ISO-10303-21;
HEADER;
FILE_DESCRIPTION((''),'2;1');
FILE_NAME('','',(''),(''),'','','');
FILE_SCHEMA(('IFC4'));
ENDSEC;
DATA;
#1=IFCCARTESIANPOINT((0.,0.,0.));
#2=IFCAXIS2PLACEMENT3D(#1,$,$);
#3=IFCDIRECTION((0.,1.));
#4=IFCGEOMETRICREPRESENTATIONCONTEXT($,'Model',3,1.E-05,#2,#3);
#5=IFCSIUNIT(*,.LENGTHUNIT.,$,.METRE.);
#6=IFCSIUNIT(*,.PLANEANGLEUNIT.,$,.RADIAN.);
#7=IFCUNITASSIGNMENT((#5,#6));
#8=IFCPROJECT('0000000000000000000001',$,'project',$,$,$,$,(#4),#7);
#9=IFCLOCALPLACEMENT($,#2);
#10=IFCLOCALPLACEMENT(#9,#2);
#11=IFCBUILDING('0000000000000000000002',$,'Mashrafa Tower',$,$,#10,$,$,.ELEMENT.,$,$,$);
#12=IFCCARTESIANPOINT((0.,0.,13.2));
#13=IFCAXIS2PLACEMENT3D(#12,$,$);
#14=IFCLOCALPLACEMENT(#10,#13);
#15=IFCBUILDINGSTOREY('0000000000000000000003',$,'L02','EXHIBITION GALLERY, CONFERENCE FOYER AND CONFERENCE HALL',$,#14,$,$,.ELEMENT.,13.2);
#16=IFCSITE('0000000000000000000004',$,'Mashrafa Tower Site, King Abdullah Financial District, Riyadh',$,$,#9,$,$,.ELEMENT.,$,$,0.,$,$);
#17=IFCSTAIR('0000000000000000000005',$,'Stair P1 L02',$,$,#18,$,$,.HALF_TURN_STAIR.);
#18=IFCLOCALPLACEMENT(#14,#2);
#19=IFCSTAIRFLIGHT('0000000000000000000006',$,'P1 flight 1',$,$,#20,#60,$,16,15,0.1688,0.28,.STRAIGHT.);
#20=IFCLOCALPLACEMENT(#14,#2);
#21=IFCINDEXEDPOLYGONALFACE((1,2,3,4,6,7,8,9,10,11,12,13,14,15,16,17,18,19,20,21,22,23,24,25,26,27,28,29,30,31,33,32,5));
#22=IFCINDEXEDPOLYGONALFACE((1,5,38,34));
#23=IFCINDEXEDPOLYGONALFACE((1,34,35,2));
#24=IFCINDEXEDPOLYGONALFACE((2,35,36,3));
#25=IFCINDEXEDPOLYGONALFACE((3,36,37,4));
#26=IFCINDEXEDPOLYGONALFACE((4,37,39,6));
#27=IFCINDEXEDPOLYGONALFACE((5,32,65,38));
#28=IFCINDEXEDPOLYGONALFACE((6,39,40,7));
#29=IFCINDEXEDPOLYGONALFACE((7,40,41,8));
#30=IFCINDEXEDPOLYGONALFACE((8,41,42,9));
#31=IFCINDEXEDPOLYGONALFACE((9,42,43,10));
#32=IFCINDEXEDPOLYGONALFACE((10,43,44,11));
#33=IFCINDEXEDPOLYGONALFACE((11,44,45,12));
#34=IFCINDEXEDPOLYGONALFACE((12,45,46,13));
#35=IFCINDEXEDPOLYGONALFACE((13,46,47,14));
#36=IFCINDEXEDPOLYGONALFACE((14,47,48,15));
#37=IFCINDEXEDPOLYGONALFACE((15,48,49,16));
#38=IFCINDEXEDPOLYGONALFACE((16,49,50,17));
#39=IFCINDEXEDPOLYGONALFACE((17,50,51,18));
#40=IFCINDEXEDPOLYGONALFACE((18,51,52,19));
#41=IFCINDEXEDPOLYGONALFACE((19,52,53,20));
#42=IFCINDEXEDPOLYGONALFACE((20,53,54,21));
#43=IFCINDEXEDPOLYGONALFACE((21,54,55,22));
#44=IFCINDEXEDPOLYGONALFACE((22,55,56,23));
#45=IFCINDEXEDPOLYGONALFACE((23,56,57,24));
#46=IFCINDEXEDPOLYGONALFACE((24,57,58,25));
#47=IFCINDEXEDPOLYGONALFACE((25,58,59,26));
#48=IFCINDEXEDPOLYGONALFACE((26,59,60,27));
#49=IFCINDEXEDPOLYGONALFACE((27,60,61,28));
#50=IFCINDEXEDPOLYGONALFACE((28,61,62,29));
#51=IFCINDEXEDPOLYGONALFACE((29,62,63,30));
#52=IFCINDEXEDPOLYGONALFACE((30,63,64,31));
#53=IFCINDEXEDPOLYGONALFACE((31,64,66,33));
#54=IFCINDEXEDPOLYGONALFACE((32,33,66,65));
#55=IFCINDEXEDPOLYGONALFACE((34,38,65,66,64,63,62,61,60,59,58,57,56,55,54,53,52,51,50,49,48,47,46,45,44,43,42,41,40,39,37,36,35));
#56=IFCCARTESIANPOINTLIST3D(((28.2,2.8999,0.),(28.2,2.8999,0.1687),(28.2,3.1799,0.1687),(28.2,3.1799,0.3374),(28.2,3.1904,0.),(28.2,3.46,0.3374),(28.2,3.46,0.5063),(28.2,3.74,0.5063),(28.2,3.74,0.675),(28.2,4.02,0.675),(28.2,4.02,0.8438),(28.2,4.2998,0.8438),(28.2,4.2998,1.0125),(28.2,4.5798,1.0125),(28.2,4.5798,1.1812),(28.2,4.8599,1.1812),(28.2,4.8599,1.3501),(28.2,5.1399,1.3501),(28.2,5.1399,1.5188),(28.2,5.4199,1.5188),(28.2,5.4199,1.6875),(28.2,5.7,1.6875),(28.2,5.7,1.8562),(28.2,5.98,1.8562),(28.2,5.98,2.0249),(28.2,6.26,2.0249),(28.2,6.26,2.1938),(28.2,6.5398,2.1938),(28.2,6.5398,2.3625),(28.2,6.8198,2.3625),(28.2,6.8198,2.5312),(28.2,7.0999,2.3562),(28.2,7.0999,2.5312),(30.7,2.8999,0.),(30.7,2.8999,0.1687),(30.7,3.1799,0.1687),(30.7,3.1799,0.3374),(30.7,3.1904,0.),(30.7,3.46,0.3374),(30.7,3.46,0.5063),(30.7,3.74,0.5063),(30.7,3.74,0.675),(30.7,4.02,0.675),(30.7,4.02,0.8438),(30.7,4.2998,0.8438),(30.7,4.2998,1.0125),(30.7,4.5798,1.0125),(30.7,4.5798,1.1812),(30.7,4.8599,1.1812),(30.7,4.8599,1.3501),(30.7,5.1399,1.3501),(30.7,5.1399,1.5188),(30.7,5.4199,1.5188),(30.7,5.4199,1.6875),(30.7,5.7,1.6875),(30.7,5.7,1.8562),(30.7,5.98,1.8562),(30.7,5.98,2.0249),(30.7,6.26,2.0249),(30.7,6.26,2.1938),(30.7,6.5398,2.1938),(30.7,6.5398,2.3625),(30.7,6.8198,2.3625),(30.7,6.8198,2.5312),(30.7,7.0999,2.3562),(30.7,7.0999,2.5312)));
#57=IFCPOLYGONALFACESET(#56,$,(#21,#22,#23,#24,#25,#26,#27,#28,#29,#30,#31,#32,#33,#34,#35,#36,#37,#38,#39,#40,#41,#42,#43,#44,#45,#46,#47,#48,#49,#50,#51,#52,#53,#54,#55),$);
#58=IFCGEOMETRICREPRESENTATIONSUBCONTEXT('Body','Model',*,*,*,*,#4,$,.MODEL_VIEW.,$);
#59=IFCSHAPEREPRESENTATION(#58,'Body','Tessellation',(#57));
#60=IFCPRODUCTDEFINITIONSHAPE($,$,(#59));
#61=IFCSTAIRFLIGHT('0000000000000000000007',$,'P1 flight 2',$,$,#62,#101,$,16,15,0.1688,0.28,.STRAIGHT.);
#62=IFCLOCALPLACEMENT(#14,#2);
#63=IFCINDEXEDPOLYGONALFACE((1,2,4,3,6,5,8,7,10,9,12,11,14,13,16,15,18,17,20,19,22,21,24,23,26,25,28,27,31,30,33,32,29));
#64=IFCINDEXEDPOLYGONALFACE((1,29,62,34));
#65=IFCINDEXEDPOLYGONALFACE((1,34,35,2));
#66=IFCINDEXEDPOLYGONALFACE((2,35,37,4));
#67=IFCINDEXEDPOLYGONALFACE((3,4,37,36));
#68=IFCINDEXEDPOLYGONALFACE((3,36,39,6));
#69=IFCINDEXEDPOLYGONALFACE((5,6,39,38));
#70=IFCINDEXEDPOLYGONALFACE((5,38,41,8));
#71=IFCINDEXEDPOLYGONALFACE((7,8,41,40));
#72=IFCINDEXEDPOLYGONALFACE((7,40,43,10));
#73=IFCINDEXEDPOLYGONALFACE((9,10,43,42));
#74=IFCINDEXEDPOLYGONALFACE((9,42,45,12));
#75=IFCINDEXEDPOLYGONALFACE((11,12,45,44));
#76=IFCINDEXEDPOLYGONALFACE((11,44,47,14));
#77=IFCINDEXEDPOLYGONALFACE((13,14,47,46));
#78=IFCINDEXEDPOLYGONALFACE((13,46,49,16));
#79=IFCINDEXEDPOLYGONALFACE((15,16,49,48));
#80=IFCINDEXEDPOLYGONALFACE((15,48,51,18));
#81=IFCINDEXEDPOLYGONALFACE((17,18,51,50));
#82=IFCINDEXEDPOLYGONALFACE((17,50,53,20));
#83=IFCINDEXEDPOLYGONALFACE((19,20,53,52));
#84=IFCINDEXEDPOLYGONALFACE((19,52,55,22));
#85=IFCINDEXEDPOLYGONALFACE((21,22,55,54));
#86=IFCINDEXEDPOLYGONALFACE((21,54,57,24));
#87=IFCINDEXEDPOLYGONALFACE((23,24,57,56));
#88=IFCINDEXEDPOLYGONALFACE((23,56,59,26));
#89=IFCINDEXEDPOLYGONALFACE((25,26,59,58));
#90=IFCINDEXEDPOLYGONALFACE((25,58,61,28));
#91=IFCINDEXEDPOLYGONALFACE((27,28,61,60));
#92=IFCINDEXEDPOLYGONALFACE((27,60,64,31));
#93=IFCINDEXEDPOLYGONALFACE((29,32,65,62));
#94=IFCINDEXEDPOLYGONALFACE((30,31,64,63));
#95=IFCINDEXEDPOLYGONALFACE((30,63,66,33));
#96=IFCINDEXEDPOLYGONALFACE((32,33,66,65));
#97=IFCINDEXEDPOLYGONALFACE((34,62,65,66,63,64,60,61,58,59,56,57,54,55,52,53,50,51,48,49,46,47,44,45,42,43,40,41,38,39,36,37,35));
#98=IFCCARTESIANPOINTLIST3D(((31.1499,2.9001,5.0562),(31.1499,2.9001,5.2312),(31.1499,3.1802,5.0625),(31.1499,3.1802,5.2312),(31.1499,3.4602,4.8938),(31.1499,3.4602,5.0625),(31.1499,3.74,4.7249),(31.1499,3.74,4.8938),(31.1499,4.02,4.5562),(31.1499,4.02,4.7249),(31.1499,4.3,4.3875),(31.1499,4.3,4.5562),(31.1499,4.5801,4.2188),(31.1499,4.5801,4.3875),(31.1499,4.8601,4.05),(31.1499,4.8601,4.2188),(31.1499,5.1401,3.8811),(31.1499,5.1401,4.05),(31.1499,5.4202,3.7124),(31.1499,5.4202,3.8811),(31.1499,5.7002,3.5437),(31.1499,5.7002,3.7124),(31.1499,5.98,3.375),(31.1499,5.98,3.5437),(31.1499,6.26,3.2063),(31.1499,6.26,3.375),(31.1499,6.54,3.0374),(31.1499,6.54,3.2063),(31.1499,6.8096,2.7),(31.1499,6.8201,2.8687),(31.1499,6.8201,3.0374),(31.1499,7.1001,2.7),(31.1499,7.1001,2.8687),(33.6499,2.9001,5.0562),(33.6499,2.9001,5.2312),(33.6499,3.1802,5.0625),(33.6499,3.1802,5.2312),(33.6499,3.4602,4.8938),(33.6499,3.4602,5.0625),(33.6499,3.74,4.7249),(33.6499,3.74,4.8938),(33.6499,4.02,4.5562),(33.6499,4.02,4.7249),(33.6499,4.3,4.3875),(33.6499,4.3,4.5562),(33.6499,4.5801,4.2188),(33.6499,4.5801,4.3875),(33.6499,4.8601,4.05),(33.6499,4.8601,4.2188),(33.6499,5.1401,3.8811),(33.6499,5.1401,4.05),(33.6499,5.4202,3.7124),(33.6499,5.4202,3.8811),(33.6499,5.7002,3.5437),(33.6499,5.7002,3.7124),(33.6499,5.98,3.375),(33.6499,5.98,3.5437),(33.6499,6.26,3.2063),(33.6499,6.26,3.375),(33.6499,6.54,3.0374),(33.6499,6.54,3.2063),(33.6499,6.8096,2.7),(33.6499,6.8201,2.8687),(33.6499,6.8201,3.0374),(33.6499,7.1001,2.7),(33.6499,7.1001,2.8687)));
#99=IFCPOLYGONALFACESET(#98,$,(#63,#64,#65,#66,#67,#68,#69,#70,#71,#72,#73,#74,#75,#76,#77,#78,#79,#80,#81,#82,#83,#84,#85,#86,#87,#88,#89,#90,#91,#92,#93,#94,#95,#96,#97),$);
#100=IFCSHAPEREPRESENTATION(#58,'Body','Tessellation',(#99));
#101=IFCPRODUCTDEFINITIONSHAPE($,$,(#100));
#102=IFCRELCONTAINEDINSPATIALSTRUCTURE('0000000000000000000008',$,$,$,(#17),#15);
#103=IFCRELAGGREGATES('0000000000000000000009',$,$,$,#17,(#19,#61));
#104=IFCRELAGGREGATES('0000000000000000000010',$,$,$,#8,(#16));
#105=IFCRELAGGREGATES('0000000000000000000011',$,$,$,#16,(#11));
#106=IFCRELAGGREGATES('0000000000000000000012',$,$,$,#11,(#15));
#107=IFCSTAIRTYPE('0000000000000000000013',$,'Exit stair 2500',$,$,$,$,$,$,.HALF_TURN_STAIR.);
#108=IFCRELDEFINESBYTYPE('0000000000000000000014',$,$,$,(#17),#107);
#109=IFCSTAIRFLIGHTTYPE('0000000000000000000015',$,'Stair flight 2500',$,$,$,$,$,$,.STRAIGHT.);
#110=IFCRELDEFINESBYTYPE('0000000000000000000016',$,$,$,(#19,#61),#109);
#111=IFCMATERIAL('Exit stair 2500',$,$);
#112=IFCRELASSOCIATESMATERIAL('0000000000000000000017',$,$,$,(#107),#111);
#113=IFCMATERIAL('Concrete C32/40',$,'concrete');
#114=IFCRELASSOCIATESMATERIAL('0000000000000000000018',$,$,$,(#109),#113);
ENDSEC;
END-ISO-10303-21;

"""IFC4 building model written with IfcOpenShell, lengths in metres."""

from ifc_helpers import new_model, si_unit, direction, frame, origin, place, context, subcontext, project, spatial, polyline, outline, extrude, material, type_object, element, aggregate, save


model = new_model("IFC4")

# Units and contexts
model_context = context("Model", 3, precision=1e-05, world=origin(), true_north=direction((0.0, 1.0)))
body_context = subcontext(model_context, "Body", "Model", "MODEL_VIEW")
ifc_project = project(units=[si_unit("LENGTHUNIT", "METRE"), si_unit("PLANEANGLEUNIT", "RADIAN")], contexts=[model_context])

# Site, building, storey
site_placement = place(None, origin())
site = spatial("IfcSite", under=ifc_project, at=site_placement, Name="Mashrafa Tower Site, King Abdullah Financial District, Riyadh", CompositionType="ELEMENT", RefElevation=0.0)
building_placement = place(site_placement, origin())
building = spatial("IfcBuilding", under=site, at=building_placement, Name="Mashrafa Tower", CompositionType="ELEMENT")
storey_placement = place(building_placement, frame((0.0, 0.0, 13.2)))
storey = spatial("IfcBuildingStorey", under=building, at=storey_placement, Name="L02", Description="EXHIBITION GALLERY, CONFERENCE FOYER AND CONFERENCE HALL", CompositionType="ELEMENT", Elevation=13.2)

# Stair, stair flights
ifc_material_1 = material(Name="Exit stair 2500")
stair_type = type_object("IfcStairType", Name="Exit stair 2500", PredefinedType="HALF_TURN_STAIR", material=ifc_material_1)
stair_placement = place(storey_placement, origin())
stair = element("IfcStair", 1, at=stair_placement, inside=storey, type_object=stair_type, Name="Stair P1 L02", PredefinedType="HALF_TURN_STAIR")
ifc_material_2 = material(Name="Concrete C32/40", Category="concrete")
stair_flight_type = type_object("IfcStairFlightType", Name="Stair flight 2500", PredefinedType="STRAIGHT", material=ifc_material_2)
stair_flight_1_placement = place(storey_placement, frame((29.45, 2.8999, 0.0), z_axis=(0.0, 0.0, 1.0), x_axis=(0.0, 1.0, 0.0)))
stair_flight_1 = element("IfcStairFlight", 2, at=stair_flight_1_placement, type_object=stair_flight_type, Name="P1 flight 1", NumberOfRisers=16, NumberOfTreads=15, PredefinedType="STRAIGHT", RiserHeight=0.1688, TreadLength=0.28, context=body_context, shape_type="SweptSolid", body=[
    extrude(outline(polyline([(0.0, 0.0), (0.0, 0.1687), (0.28, 0.1687), (0.28, 0.3374), (0.5601, 0.3374), (0.5601, 0.5063), (0.8401, 0.5063), (0.8401, 0.675), (1.1201, 0.675), (1.1201, 0.8438), (1.3999, 0.8438), (1.3999, 1.0125), (1.6799, 1.0125), (1.6799, 1.1812), (1.96, 1.1812), (1.96, 1.3501), (2.24, 1.3501), (2.24, 1.5188), (2.52, 1.5188), (2.52, 1.6875), (2.8, 1.6875), (2.8, 1.8562), (3.0801, 1.8562), (3.0801, 2.0249), (3.3601, 2.0249), (3.3601, 2.1938), (3.6399, 2.1938), (3.6399, 2.3625), (3.9199, 2.3625), (3.9199, 2.5312), (4.2, 2.5312), (4.2, 2.7), (4.2, 2.3562), (0.2905, 0.0), (0.0, 0.0)])), frame((0.0, 1.25, 0.0), z_axis=(0.0, -1.0, 0.0), x_axis=(1.0, 0.0, 0.0)), (0.0, 0.0, 1.0), 2.5),
])
stair_flight_2_placement = place(storey_placement, frame((32.3999, 7.1001, 2.7), z_axis=(0.0, 0.0, 1.0), x_axis=(0.0, -1.0, 0.0)))
stair_flight_2 = element("IfcStairFlight", 3, at=stair_flight_2_placement, type_object=stair_flight_type, Name="P1 flight 2", NumberOfRisers=16, NumberOfTreads=15, PredefinedType="STRAIGHT", RiserHeight=0.1688, TreadLength=0.28, context=body_context, shape_type="SweptSolid", body=[
    extrude(outline(polyline([(0.0, 0.0), (0.0, 0.1687), (0.28, 0.1687), (0.28, 0.3374), (0.5601, 0.3374), (0.5601, 0.5063), (0.8401, 0.5063), (0.8401, 0.675), (1.1201, 0.675), (1.1201, 0.8438), (1.3999, 0.8438), (1.3999, 1.0125), (1.6799, 1.0125), (1.6799, 1.1812), (1.96, 1.1812), (1.96, 1.3501), (2.24, 1.3501), (2.24, 1.5188), (2.52, 1.5188), (2.52, 1.6875), (2.8, 1.6875), (2.8, 1.8562), (3.0801, 1.8562), (3.0801, 2.0249), (3.3601, 2.0249), (3.3601, 2.1938), (3.6399, 2.1938), (3.6399, 2.3625), (3.9199, 2.3625), (3.9199, 2.5312), (4.2, 2.5312), (4.2, 2.7), (4.2, 2.3562), (0.2905, 0.0), (0.0, 0.0)])), frame((0.0, 1.25, 0.0), z_axis=(0.0, -1.0, 0.0), x_axis=(1.0, 0.0, 0.0)), (0.0, 0.0, 1.0), 2.5),
])
aggregate(stair, [stair_flight_1, stair_flight_2])

save(model, "model.ifc")
